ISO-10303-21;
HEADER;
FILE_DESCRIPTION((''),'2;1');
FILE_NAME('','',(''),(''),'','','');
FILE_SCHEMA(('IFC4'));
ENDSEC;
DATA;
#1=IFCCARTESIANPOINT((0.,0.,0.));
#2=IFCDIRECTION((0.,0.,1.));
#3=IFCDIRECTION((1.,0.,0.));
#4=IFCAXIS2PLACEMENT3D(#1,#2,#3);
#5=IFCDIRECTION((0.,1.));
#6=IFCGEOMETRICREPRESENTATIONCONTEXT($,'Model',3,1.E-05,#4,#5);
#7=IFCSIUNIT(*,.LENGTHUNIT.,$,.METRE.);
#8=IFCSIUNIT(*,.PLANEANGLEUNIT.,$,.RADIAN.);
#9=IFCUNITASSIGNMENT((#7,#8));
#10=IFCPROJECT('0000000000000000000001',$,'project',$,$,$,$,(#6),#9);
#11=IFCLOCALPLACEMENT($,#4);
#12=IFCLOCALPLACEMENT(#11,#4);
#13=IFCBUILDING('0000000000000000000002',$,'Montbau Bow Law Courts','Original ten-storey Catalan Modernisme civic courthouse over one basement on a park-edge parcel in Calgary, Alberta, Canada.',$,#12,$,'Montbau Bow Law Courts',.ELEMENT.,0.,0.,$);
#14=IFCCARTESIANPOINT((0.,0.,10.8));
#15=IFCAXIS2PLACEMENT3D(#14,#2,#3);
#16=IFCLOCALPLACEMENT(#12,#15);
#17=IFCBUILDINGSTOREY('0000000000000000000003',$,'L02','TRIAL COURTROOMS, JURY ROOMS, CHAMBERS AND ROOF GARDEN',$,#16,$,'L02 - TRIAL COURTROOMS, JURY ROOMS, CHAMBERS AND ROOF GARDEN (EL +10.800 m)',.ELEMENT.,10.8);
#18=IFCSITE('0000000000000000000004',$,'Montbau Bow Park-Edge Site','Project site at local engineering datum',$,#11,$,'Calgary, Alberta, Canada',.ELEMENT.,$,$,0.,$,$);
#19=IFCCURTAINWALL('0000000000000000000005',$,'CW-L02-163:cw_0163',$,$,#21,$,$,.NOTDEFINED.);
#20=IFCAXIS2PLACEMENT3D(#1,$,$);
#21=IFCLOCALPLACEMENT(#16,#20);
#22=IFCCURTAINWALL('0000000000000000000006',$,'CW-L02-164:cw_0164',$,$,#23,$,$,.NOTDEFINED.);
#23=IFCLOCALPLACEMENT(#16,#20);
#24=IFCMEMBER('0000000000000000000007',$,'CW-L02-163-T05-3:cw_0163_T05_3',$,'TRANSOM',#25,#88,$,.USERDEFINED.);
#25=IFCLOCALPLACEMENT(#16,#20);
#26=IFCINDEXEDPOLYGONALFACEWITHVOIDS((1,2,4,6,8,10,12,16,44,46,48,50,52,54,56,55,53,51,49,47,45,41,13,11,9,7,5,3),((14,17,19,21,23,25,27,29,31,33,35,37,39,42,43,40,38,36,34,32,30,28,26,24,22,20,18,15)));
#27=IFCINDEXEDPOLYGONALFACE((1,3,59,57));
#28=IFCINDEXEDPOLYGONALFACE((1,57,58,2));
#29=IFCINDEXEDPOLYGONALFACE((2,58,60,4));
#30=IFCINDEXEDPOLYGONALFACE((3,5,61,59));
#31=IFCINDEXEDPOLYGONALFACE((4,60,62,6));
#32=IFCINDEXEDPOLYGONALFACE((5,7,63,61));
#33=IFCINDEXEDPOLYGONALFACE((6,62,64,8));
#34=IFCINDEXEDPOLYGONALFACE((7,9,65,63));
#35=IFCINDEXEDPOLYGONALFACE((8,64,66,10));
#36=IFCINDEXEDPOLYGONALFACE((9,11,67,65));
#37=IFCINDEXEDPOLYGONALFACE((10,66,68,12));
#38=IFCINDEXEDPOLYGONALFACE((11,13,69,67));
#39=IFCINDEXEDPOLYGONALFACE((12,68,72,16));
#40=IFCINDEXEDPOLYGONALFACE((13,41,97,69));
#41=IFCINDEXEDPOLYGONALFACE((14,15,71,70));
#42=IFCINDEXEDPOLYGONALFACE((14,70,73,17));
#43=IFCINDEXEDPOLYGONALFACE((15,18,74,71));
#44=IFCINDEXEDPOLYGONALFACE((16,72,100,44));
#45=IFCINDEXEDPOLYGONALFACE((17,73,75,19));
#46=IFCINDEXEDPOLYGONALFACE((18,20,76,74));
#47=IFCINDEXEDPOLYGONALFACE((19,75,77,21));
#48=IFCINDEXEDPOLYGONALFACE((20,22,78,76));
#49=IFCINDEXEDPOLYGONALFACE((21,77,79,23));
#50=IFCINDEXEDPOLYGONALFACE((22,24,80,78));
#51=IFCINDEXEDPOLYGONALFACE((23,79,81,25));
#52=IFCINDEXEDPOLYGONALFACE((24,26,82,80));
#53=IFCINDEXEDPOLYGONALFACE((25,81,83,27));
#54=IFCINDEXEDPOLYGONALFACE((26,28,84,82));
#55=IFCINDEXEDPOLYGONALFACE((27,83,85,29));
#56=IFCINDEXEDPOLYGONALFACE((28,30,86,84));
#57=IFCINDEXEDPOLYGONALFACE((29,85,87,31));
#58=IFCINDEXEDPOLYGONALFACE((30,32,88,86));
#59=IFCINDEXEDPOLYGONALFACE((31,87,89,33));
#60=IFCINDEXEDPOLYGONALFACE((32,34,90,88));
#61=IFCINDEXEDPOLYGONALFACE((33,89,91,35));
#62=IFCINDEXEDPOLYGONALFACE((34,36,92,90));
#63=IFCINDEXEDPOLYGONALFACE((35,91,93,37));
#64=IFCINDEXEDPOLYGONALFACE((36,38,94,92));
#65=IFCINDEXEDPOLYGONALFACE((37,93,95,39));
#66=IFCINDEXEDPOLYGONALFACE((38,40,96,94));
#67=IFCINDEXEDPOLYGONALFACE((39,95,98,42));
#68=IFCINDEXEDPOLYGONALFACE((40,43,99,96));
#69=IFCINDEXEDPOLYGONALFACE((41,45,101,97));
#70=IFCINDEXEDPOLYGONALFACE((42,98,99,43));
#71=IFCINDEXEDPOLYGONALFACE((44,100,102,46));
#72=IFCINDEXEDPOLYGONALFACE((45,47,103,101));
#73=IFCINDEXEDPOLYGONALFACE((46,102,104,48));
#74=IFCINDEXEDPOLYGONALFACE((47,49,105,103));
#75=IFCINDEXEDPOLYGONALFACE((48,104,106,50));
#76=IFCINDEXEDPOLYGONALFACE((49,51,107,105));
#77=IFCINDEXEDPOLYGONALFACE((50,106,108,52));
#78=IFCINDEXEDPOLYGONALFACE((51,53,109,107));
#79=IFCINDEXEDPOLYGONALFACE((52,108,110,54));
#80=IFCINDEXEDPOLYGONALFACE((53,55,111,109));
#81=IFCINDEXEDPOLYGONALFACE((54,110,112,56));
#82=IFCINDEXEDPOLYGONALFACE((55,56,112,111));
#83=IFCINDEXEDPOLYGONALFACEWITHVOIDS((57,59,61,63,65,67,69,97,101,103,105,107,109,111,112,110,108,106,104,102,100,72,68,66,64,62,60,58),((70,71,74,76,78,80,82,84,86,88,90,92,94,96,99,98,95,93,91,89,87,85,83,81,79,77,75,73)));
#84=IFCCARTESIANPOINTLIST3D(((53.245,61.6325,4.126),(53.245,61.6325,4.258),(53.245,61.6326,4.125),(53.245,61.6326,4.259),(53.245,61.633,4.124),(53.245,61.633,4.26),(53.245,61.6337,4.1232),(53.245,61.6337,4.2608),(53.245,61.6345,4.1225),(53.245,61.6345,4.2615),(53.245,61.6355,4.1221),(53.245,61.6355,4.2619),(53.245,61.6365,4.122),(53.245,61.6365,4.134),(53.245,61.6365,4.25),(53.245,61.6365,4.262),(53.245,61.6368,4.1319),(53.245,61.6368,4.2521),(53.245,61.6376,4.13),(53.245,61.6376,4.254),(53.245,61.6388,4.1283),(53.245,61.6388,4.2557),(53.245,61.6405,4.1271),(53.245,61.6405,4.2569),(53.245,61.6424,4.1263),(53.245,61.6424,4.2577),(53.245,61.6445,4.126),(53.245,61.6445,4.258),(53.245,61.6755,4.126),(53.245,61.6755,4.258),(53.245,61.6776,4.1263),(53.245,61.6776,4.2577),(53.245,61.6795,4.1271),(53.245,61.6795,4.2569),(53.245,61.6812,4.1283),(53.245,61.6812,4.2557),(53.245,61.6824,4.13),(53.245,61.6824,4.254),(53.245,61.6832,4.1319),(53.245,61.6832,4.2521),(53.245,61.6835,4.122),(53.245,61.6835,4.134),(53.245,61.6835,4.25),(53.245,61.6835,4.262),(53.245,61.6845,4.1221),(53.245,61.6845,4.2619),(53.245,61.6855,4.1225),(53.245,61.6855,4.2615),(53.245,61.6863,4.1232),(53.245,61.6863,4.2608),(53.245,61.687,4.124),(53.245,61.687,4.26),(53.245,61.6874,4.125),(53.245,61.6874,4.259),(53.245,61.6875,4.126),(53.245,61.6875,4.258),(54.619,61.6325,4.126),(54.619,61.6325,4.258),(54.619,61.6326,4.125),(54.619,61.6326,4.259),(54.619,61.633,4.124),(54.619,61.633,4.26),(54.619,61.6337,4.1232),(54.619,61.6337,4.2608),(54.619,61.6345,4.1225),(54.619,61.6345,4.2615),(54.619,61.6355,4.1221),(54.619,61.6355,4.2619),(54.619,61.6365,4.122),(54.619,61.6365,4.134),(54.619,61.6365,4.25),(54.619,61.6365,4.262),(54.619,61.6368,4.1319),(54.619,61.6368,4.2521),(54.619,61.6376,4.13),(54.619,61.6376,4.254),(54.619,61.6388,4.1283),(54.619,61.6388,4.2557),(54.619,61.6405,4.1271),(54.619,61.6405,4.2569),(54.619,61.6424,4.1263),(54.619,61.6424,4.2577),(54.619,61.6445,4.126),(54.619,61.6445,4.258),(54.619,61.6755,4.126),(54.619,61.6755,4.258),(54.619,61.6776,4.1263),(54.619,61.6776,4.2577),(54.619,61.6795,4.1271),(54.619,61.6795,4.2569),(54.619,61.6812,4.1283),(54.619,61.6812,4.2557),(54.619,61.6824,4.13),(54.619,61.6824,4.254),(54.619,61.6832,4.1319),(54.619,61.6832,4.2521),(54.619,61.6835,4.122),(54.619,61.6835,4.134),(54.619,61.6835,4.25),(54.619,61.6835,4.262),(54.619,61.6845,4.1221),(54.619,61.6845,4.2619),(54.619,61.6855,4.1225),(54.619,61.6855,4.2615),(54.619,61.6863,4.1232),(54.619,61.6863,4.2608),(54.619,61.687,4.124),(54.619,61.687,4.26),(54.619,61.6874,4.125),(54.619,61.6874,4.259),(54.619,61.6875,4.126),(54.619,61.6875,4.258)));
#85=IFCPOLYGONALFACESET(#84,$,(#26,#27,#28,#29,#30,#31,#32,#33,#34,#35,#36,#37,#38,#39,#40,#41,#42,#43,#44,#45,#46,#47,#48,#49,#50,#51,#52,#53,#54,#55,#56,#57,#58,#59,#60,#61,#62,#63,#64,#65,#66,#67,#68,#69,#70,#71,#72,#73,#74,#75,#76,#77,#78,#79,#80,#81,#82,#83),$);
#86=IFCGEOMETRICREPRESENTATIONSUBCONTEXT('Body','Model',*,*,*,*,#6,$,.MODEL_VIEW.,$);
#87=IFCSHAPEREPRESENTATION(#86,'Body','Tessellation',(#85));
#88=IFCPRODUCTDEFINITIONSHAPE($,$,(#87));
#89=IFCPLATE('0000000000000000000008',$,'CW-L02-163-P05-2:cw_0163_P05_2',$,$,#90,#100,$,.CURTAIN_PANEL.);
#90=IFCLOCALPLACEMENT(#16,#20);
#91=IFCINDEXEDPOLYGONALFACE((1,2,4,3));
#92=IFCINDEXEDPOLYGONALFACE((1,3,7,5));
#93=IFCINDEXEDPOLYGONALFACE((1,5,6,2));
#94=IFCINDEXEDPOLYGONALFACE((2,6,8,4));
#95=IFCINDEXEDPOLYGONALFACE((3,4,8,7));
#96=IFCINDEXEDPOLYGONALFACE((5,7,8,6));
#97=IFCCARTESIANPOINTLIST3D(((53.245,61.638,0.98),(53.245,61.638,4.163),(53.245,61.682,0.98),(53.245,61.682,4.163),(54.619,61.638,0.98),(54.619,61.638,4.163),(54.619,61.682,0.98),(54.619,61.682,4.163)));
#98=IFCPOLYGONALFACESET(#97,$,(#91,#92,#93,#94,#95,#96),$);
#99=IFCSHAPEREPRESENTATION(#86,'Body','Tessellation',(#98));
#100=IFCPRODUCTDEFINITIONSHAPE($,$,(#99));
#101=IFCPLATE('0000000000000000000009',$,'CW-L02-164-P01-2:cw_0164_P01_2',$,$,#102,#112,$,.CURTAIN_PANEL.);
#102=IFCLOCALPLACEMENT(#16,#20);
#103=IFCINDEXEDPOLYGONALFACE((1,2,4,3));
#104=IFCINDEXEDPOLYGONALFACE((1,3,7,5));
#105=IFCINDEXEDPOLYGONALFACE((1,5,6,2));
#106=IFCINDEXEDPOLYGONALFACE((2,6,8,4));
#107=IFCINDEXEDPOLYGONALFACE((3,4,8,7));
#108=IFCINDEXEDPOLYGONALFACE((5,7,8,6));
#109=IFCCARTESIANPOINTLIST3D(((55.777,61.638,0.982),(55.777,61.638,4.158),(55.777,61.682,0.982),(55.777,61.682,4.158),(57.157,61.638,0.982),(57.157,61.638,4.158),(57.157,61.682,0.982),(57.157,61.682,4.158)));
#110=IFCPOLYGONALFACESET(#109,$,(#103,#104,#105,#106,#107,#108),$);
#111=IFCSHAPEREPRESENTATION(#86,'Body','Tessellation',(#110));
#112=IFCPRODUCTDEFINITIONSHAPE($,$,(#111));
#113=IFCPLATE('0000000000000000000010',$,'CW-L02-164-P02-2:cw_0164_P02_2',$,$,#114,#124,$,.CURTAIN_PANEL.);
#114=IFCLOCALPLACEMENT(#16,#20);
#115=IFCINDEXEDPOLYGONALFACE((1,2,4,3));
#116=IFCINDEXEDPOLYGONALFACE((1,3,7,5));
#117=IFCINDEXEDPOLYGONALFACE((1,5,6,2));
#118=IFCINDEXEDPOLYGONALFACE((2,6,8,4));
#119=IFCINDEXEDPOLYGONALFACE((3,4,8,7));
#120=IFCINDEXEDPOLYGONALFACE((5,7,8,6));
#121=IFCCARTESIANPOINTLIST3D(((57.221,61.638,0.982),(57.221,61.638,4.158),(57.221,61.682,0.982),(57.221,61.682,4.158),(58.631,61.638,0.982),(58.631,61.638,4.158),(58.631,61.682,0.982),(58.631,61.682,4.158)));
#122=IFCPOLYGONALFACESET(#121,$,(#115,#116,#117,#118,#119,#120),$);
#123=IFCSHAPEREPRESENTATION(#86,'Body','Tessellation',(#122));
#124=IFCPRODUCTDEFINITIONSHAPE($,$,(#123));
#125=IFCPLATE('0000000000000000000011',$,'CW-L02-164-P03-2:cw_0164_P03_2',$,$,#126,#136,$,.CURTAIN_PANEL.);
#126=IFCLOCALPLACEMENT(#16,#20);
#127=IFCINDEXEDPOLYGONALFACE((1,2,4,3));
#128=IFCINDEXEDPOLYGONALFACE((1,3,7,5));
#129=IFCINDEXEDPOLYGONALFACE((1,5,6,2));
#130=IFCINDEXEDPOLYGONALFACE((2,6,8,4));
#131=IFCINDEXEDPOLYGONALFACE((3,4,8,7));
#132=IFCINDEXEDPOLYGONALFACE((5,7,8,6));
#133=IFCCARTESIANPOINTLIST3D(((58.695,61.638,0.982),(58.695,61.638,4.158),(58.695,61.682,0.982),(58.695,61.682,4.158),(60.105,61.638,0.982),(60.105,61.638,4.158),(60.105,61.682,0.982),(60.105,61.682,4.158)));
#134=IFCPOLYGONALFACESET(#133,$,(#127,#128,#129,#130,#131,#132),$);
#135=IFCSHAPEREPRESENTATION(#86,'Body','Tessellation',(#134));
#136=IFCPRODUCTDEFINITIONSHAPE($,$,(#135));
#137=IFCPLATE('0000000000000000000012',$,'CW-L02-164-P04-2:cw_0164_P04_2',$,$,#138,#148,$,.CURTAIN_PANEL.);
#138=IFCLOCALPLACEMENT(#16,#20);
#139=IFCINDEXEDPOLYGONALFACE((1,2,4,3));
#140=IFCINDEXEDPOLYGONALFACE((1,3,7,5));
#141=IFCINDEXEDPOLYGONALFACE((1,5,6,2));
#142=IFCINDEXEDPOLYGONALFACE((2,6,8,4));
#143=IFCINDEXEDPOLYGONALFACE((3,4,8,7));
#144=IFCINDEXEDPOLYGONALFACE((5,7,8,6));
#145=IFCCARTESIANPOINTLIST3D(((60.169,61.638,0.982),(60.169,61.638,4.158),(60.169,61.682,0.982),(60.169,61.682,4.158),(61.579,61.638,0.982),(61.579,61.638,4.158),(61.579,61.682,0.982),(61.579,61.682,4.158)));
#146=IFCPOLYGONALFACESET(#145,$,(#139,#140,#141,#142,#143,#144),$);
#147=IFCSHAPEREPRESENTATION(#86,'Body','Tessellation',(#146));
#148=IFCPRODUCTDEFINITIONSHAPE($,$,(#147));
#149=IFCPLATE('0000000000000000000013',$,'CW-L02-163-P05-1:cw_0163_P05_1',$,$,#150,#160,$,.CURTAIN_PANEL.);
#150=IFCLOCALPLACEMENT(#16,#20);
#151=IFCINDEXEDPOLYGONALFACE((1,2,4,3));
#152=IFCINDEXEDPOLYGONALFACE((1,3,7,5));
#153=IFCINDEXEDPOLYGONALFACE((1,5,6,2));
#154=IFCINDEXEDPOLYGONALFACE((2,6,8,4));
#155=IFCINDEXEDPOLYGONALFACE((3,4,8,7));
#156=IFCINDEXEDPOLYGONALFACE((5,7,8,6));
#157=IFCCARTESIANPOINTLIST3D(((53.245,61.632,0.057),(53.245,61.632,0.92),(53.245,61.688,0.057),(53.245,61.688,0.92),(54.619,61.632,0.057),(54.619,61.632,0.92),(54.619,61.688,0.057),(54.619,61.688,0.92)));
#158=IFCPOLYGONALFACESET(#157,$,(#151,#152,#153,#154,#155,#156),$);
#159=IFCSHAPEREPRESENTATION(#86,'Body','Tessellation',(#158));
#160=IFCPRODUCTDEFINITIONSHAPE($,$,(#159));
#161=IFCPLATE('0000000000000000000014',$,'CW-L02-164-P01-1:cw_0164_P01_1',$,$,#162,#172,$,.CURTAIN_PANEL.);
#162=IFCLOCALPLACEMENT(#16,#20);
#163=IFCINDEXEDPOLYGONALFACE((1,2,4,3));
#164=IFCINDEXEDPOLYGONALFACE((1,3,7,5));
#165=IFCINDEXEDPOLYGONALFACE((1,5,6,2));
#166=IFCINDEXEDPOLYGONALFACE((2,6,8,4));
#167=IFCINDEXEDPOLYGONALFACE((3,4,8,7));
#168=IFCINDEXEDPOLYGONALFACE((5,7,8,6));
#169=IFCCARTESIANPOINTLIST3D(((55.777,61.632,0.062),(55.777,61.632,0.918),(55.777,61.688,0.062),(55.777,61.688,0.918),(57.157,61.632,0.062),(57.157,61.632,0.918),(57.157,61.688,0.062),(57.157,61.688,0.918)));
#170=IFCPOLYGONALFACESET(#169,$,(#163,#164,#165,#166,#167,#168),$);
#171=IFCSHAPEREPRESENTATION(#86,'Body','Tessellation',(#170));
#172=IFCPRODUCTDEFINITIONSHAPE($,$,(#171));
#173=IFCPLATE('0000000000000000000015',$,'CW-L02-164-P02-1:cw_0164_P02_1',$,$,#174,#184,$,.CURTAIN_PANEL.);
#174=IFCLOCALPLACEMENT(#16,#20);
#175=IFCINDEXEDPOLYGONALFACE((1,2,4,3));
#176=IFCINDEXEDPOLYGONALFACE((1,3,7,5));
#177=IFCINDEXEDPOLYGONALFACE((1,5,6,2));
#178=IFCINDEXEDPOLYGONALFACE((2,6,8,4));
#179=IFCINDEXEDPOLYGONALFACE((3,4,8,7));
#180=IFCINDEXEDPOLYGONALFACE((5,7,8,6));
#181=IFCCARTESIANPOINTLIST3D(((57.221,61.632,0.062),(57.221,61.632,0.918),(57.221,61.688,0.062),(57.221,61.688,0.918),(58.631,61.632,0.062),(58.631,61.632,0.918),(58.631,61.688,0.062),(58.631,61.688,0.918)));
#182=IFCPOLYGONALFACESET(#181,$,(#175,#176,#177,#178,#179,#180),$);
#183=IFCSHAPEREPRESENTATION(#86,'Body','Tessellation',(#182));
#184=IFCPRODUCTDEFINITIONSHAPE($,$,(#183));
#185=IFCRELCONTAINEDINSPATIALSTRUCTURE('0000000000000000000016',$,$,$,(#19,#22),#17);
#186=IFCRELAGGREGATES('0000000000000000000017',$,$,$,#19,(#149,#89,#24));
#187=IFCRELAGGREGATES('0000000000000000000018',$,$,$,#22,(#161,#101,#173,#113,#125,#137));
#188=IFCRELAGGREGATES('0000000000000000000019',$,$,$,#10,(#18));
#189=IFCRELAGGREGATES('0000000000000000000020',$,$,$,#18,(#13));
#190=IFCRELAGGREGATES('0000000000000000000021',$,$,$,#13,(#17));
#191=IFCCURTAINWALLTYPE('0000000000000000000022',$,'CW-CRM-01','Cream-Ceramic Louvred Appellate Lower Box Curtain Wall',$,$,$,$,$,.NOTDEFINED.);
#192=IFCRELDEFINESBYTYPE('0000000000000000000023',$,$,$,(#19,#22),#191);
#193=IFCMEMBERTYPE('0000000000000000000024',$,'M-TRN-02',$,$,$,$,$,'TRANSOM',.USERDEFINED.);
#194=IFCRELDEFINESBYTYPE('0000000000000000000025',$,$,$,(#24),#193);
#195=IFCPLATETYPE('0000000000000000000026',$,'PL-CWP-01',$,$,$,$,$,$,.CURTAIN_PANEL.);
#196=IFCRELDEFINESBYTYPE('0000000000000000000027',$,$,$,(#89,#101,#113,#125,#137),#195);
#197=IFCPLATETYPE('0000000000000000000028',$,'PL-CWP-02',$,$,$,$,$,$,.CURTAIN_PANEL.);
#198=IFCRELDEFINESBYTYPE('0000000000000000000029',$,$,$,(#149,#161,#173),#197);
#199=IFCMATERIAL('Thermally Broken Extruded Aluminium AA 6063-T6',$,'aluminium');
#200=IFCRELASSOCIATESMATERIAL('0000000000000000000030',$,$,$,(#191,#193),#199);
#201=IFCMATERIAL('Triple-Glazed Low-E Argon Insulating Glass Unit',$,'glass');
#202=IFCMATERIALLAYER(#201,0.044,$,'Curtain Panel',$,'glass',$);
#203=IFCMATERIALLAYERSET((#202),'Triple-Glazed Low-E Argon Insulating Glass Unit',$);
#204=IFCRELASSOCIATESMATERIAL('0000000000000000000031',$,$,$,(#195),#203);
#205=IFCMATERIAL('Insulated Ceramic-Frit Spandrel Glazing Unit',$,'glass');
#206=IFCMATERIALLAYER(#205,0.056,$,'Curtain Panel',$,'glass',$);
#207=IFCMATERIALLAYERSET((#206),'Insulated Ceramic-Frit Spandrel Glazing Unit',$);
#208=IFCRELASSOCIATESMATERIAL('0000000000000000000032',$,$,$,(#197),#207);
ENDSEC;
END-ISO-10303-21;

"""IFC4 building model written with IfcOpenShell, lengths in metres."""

from ifc_helpers import new_model, si_unit, direction, frame, frame_2d, origin_with_axes, origin_2d_with_axis, place, context, subcontext, project, spatial, rectangle, hollow_rectangle, extrude, material, layer, layer_set, material_profile, profile_set, type_object, element, aggregate, save


model = new_model("IFC4")

# Units and contexts
model_context = context("Model", 3, precision=1e-05, world=origin_with_axes(), true_north=direction((0.0, 1.0)))
body_context = subcontext(model_context, "Body", "Model", "MODEL_VIEW")
ifc_project = project(units=[si_unit("LENGTHUNIT", "METRE"), si_unit("PLANEANGLEUNIT", "RADIAN")], contexts=[model_context])

# Site, building, storey
site_placement = place(None, origin_with_axes())
site = spatial("IfcSite", under=ifc_project, at=site_placement, Name="Montbau Bow Park-Edge Site", Description="Project site at local engineering datum", LongName="Calgary, Alberta, Canada", CompositionType="ELEMENT", RefElevation=0.0)
building_placement = place(site_placement, origin_with_axes())
building = spatial("IfcBuilding", under=site, at=building_placement, Name="Montbau Bow Law Courts", Description="Original ten-storey Catalan Modernisme civic courthouse over one basement on a park-edge parcel in Calgary, Alberta, Canada.", LongName="Montbau Bow Law Courts", CompositionType="ELEMENT", ElevationOfRefHeight=0.0, ElevationOfTerrain=0.0)
storey_placement = place(building_placement, frame((0.0, 0.0, 10.8), z_axis=(0.0, 0.0, 1.0), x_axis=(1.0, 0.0, 0.0)))
storey = spatial("IfcBuildingStorey", under=building, at=storey_placement, Name="L02", Description="TRIAL COURTROOMS, JURY ROOMS, CHAMBERS AND ROOF GARDEN", LongName="L02 - TRIAL COURTROOMS, JURY ROOMS, CHAMBERS AND ROOF GARDEN (EL +10.800 m)", CompositionType="ELEMENT", Elevation=10.8)

# Curtain walls
ifc_material_1 = material(Name="Thermally Broken Extruded Aluminium AA 6063-T6", Category="aluminium")
curtain_wall_type = type_object("IfcCurtainWallType", Name="CW-CRM-01", Description="Cream-Ceramic Louvred Appellate Lower Box Curtain Wall", PredefinedType="NOTDEFINED", material=ifc_material_1)
curtain_wall_1_placement = place(None, frame((47.315, 61.66, 10.8), z_axis=(0.0, 0.0, 1.0), x_axis=(1.0, 0.0, 0.0)))
curtain_wall_1 = element("IfcCurtainWall", 1, at=curtain_wall_1_placement, inside=storey, type_object=curtain_wall_type, Name="CW-L02-163:cw_0163", PredefinedType="NOTDEFINED")
curtain_wall_2_placement = place(None, frame((55.715, 61.66, 10.8), z_axis=(0.0, 0.0, 1.0), x_axis=(1.0, 0.0, 0.0)))
curtain_wall_2 = element("IfcCurtainWall", 2, at=curtain_wall_2_placement, inside=storey, type_object=curtain_wall_type, Name="CW-L02-164:cw_0164", PredefinedType="NOTDEFINED")

# Member
ifc_material_profile_1 = material_profile(ifc_material_1, hollow_rectangle(XDim=0.055, YDim=0.14, WallThickness=0.004, InnerFilletRadius=0.008, OuterFilletRadius=0.004, at=origin_2d_with_axis()), Name="CWT-140X55", Category="Main", Priority=0)
ifc_profile_set_1 = profile_set([ifc_material_profile_1], Name="Thermally Broken Extruded Aluminium AA 6063-T6")
member_type_1 = type_object("IfcMemberType", Name="M-TRN-02", ElementType="TRANSOM", PredefinedType="USERDEFINED", material=ifc_profile_set_1)
member_1_placement = place(None, frame((53.245, 61.66, 14.992), z_axis=(1.0, 0.0, 0.0), x_axis=(0.0, 1.0, 0.0)))
member_1 = element("IfcMember", 3, at=member_1_placement, type_object=member_type_1, Name="CW-L02-163-T05-3:cw_0163_T05_3", ObjectType="TRANSOM", PredefinedType="USERDEFINED", context=body_context, shape_type="SweptSolid", body=[
    extrude(hollow_rectangle(XDim=0.055, YDim=0.14, WallThickness=0.004, InnerFilletRadius=0.008, OuterFilletRadius=0.004, at=origin_2d_with_axis()), origin_with_axes(), (0.0, 0.0, 1.0), 1.374),
])

# Plates
ifc_material_2 = material(Name="Triple-Glazed Low-E Argon Insulating Glass Unit", Category="glass")
ifc_layer_1 = layer(ifc_material_2, 0.044, Name="Curtain Panel", Category="glass")
ifc_layer_set_1 = layer_set([ifc_layer_1], Name="Triple-Glazed Low-E Argon Insulating Glass Unit")
plate_type_1 = type_object("IfcPlateType", Name="PL-CWP-01", PredefinedType="CURTAIN_PANEL", material=ifc_layer_set_1)
plate_1_placement = place(None, frame((53.245, 61.66, 11.78), z_axis=(0.0, -1.0, 0.0), x_axis=(1.0, 0.0, 0.0)))
plate_1 = element("IfcPlate", 4, at=plate_1_placement, type_object=plate_type_1, Name="CW-L02-163-P05-2:cw_0163_P05_2", PredefinedType="CURTAIN_PANEL", context=body_context, shape_type="SweptSolid", body=[
    extrude(rectangle(XDim=1.374, YDim=3.183, at=frame_2d((0.687, 1.5915), x_axis=(1.0, 0.0))), frame((0.0, 0.0, -0.022), z_axis=(0.0, 0.0, 1.0), x_axis=(1.0, 0.0, 0.0)), (0.0, 0.0, 1.0), 0.044),
])
plate_2_placement = place(None, frame((55.777, 61.66, 11.782), z_axis=(0.0, -1.0, 0.0), x_axis=(1.0, 0.0, 0.0)))
plate_2 = element("IfcPlate", 5, at=plate_2_placement, type_object=plate_type_1, Name="CW-L02-164-P01-2:cw_0164_P01_2", PredefinedType="CURTAIN_PANEL", context=body_context, shape_type="SweptSolid", body=[
    extrude(rectangle(XDim=1.38, YDim=3.176, at=frame_2d((0.69, 1.588), x_axis=(1.0, 0.0))), frame((0.0, 0.0, -0.022), z_axis=(0.0, 0.0, 1.0), x_axis=(1.0, 0.0, 0.0)), (0.0, 0.0, 1.0), 0.044),
])
plate_3_placement = place(None, frame((57.221, 61.66, 11.782), z_axis=(0.0, -1.0, 0.0), x_axis=(1.0, 0.0, 0.0)))
plate_3 = element("IfcPlate", 6, at=plate_3_placement, type_object=plate_type_1, Name="CW-L02-164-P02-2:cw_0164_P02_2", PredefinedType="CURTAIN_PANEL", context=body_context, shape_type="SweptSolid", body=[
    extrude(rectangle(XDim=1.41, YDim=3.176, at=frame_2d((0.705, 1.588), x_axis=(1.0, 0.0))), frame((0.0, 0.0, -0.022), z_axis=(0.0, 0.0, 1.0), x_axis=(1.0, 0.0, 0.0)), (0.0, 0.0, 1.0), 0.044),
])
plate_4_placement = place(None, frame((58.695, 61.66, 11.782), z_axis=(0.0, -1.0, 0.0), x_axis=(1.0, 0.0, 0.0)))
plate_4 = element("IfcPlate", 7, at=plate_4_placement, type_object=plate_type_1, Name="CW-L02-164-P03-2:cw_0164_P03_2", PredefinedType="CURTAIN_PANEL", context=body_context, shape_type="SweptSolid", body=[
    extrude(rectangle(XDim=1.41, YDim=3.176, at=frame_2d((0.705, 1.588), x_axis=(1.0, 0.0))), frame((0.0, 0.0, -0.022), z_axis=(0.0, 0.0, 1.0), x_axis=(1.0, 0.0, 0.0)), (0.0, 0.0, 1.0), 0.044),
])
plate_5_placement = place(None, frame((60.169, 61.66, 11.782), z_axis=(0.0, -1.0, 0.0), x_axis=(1.0, 0.0, 0.0)))
plate_5 = element("IfcPlate", 8, at=plate_5_placement, type_object=plate_type_1, Name="CW-L02-164-P04-2:cw_0164_P04_2", PredefinedType="CURTAIN_PANEL", context=body_context, shape_type="SweptSolid", body=[
    extrude(rectangle(XDim=1.41, YDim=3.176, at=frame_2d((0.705, 1.588), x_axis=(1.0, 0.0))), frame((0.0, 0.0, -0.022), z_axis=(0.0, 0.0, 1.0), x_axis=(1.0, 0.0, 0.0)), (0.0, 0.0, 1.0), 0.044),
])
ifc_material_3 = material(Name="Insulated Ceramic-Frit Spandrel Glazing Unit", Category="glass")
ifc_layer_2 = layer(ifc_material_3, 0.056, Name="Curtain Panel", Category="glass")
ifc_layer_set_2 = layer_set([ifc_layer_2], Name="Insulated Ceramic-Frit Spandrel Glazing Unit")
plate_type_2 = type_object("IfcPlateType", Name="PL-CWP-02", PredefinedType="CURTAIN_PANEL", material=ifc_layer_set_2)
plate_6_placement = place(None, frame((53.245, 61.66, 10.857), z_axis=(0.0, -1.0, 0.0), x_axis=(1.0, 0.0, 0.0)))
plate_6 = element("IfcPlate", 9, at=plate_6_placement, type_object=plate_type_2, Name="CW-L02-163-P05-1:cw_0163_P05_1", PredefinedType="CURTAIN_PANEL", context=body_context, shape_type="SweptSolid", body=[
    extrude(rectangle(XDim=1.374, YDim=0.863, at=frame_2d((0.687, 0.4315), x_axis=(1.0, 0.0))), frame((0.0, 0.0, -0.028), z_axis=(0.0, 0.0, 1.0), x_axis=(1.0, 0.0, 0.0)), (0.0, 0.0, 1.0), 0.056),
])
aggregate(curtain_wall_1, [plate_6, plate_1, member_1])
plate_7_placement = place(None, frame((55.777, 61.66, 10.862), z_axis=(0.0, -1.0, 0.0), x_axis=(1.0, 0.0, 0.0)))
plate_7 = element("IfcPlate", 10, at=plate_7_placement, type_object=plate_type_2, Name="CW-L02-164-P01-1:cw_0164_P01_1", PredefinedType="CURTAIN_PANEL", context=body_context, shape_type="SweptSolid", body=[
    extrude(rectangle(XDim=1.38, YDim=0.856, at=frame_2d((0.69, 0.428), x_axis=(1.0, 0.0))), frame((0.0, 0.0, -0.028), z_axis=(0.0, 0.0, 1.0), x_axis=(1.0, 0.0, 0.0)), (0.0, 0.0, 1.0), 0.056),
])
plate_8_placement = place(None, frame((57.221, 61.66, 10.862), z_axis=(0.0, -1.0, 0.0), x_axis=(1.0, 0.0, 0.0)))
plate_8 = element("IfcPlate", 11, at=plate_8_placement, type_object=plate_type_2, Name="CW-L02-164-P02-1:cw_0164_P02_1", PredefinedType="CURTAIN_PANEL", context=body_context, shape_type="SweptSolid", body=[
    extrude(rectangle(XDim=1.41, YDim=0.856, at=frame_2d((0.705, 0.428), x_axis=(1.0, 0.0))), frame((0.0, 0.0, -0.028), z_axis=(0.0, 0.0, 1.0), x_axis=(1.0, 0.0, 0.0)), (0.0, 0.0, 1.0), 0.056),
])
aggregate(curtain_wall_2, [plate_7, plate_2, plate_8, plate_3, plate_4, plate_5])

save(model, "model.ifc")
